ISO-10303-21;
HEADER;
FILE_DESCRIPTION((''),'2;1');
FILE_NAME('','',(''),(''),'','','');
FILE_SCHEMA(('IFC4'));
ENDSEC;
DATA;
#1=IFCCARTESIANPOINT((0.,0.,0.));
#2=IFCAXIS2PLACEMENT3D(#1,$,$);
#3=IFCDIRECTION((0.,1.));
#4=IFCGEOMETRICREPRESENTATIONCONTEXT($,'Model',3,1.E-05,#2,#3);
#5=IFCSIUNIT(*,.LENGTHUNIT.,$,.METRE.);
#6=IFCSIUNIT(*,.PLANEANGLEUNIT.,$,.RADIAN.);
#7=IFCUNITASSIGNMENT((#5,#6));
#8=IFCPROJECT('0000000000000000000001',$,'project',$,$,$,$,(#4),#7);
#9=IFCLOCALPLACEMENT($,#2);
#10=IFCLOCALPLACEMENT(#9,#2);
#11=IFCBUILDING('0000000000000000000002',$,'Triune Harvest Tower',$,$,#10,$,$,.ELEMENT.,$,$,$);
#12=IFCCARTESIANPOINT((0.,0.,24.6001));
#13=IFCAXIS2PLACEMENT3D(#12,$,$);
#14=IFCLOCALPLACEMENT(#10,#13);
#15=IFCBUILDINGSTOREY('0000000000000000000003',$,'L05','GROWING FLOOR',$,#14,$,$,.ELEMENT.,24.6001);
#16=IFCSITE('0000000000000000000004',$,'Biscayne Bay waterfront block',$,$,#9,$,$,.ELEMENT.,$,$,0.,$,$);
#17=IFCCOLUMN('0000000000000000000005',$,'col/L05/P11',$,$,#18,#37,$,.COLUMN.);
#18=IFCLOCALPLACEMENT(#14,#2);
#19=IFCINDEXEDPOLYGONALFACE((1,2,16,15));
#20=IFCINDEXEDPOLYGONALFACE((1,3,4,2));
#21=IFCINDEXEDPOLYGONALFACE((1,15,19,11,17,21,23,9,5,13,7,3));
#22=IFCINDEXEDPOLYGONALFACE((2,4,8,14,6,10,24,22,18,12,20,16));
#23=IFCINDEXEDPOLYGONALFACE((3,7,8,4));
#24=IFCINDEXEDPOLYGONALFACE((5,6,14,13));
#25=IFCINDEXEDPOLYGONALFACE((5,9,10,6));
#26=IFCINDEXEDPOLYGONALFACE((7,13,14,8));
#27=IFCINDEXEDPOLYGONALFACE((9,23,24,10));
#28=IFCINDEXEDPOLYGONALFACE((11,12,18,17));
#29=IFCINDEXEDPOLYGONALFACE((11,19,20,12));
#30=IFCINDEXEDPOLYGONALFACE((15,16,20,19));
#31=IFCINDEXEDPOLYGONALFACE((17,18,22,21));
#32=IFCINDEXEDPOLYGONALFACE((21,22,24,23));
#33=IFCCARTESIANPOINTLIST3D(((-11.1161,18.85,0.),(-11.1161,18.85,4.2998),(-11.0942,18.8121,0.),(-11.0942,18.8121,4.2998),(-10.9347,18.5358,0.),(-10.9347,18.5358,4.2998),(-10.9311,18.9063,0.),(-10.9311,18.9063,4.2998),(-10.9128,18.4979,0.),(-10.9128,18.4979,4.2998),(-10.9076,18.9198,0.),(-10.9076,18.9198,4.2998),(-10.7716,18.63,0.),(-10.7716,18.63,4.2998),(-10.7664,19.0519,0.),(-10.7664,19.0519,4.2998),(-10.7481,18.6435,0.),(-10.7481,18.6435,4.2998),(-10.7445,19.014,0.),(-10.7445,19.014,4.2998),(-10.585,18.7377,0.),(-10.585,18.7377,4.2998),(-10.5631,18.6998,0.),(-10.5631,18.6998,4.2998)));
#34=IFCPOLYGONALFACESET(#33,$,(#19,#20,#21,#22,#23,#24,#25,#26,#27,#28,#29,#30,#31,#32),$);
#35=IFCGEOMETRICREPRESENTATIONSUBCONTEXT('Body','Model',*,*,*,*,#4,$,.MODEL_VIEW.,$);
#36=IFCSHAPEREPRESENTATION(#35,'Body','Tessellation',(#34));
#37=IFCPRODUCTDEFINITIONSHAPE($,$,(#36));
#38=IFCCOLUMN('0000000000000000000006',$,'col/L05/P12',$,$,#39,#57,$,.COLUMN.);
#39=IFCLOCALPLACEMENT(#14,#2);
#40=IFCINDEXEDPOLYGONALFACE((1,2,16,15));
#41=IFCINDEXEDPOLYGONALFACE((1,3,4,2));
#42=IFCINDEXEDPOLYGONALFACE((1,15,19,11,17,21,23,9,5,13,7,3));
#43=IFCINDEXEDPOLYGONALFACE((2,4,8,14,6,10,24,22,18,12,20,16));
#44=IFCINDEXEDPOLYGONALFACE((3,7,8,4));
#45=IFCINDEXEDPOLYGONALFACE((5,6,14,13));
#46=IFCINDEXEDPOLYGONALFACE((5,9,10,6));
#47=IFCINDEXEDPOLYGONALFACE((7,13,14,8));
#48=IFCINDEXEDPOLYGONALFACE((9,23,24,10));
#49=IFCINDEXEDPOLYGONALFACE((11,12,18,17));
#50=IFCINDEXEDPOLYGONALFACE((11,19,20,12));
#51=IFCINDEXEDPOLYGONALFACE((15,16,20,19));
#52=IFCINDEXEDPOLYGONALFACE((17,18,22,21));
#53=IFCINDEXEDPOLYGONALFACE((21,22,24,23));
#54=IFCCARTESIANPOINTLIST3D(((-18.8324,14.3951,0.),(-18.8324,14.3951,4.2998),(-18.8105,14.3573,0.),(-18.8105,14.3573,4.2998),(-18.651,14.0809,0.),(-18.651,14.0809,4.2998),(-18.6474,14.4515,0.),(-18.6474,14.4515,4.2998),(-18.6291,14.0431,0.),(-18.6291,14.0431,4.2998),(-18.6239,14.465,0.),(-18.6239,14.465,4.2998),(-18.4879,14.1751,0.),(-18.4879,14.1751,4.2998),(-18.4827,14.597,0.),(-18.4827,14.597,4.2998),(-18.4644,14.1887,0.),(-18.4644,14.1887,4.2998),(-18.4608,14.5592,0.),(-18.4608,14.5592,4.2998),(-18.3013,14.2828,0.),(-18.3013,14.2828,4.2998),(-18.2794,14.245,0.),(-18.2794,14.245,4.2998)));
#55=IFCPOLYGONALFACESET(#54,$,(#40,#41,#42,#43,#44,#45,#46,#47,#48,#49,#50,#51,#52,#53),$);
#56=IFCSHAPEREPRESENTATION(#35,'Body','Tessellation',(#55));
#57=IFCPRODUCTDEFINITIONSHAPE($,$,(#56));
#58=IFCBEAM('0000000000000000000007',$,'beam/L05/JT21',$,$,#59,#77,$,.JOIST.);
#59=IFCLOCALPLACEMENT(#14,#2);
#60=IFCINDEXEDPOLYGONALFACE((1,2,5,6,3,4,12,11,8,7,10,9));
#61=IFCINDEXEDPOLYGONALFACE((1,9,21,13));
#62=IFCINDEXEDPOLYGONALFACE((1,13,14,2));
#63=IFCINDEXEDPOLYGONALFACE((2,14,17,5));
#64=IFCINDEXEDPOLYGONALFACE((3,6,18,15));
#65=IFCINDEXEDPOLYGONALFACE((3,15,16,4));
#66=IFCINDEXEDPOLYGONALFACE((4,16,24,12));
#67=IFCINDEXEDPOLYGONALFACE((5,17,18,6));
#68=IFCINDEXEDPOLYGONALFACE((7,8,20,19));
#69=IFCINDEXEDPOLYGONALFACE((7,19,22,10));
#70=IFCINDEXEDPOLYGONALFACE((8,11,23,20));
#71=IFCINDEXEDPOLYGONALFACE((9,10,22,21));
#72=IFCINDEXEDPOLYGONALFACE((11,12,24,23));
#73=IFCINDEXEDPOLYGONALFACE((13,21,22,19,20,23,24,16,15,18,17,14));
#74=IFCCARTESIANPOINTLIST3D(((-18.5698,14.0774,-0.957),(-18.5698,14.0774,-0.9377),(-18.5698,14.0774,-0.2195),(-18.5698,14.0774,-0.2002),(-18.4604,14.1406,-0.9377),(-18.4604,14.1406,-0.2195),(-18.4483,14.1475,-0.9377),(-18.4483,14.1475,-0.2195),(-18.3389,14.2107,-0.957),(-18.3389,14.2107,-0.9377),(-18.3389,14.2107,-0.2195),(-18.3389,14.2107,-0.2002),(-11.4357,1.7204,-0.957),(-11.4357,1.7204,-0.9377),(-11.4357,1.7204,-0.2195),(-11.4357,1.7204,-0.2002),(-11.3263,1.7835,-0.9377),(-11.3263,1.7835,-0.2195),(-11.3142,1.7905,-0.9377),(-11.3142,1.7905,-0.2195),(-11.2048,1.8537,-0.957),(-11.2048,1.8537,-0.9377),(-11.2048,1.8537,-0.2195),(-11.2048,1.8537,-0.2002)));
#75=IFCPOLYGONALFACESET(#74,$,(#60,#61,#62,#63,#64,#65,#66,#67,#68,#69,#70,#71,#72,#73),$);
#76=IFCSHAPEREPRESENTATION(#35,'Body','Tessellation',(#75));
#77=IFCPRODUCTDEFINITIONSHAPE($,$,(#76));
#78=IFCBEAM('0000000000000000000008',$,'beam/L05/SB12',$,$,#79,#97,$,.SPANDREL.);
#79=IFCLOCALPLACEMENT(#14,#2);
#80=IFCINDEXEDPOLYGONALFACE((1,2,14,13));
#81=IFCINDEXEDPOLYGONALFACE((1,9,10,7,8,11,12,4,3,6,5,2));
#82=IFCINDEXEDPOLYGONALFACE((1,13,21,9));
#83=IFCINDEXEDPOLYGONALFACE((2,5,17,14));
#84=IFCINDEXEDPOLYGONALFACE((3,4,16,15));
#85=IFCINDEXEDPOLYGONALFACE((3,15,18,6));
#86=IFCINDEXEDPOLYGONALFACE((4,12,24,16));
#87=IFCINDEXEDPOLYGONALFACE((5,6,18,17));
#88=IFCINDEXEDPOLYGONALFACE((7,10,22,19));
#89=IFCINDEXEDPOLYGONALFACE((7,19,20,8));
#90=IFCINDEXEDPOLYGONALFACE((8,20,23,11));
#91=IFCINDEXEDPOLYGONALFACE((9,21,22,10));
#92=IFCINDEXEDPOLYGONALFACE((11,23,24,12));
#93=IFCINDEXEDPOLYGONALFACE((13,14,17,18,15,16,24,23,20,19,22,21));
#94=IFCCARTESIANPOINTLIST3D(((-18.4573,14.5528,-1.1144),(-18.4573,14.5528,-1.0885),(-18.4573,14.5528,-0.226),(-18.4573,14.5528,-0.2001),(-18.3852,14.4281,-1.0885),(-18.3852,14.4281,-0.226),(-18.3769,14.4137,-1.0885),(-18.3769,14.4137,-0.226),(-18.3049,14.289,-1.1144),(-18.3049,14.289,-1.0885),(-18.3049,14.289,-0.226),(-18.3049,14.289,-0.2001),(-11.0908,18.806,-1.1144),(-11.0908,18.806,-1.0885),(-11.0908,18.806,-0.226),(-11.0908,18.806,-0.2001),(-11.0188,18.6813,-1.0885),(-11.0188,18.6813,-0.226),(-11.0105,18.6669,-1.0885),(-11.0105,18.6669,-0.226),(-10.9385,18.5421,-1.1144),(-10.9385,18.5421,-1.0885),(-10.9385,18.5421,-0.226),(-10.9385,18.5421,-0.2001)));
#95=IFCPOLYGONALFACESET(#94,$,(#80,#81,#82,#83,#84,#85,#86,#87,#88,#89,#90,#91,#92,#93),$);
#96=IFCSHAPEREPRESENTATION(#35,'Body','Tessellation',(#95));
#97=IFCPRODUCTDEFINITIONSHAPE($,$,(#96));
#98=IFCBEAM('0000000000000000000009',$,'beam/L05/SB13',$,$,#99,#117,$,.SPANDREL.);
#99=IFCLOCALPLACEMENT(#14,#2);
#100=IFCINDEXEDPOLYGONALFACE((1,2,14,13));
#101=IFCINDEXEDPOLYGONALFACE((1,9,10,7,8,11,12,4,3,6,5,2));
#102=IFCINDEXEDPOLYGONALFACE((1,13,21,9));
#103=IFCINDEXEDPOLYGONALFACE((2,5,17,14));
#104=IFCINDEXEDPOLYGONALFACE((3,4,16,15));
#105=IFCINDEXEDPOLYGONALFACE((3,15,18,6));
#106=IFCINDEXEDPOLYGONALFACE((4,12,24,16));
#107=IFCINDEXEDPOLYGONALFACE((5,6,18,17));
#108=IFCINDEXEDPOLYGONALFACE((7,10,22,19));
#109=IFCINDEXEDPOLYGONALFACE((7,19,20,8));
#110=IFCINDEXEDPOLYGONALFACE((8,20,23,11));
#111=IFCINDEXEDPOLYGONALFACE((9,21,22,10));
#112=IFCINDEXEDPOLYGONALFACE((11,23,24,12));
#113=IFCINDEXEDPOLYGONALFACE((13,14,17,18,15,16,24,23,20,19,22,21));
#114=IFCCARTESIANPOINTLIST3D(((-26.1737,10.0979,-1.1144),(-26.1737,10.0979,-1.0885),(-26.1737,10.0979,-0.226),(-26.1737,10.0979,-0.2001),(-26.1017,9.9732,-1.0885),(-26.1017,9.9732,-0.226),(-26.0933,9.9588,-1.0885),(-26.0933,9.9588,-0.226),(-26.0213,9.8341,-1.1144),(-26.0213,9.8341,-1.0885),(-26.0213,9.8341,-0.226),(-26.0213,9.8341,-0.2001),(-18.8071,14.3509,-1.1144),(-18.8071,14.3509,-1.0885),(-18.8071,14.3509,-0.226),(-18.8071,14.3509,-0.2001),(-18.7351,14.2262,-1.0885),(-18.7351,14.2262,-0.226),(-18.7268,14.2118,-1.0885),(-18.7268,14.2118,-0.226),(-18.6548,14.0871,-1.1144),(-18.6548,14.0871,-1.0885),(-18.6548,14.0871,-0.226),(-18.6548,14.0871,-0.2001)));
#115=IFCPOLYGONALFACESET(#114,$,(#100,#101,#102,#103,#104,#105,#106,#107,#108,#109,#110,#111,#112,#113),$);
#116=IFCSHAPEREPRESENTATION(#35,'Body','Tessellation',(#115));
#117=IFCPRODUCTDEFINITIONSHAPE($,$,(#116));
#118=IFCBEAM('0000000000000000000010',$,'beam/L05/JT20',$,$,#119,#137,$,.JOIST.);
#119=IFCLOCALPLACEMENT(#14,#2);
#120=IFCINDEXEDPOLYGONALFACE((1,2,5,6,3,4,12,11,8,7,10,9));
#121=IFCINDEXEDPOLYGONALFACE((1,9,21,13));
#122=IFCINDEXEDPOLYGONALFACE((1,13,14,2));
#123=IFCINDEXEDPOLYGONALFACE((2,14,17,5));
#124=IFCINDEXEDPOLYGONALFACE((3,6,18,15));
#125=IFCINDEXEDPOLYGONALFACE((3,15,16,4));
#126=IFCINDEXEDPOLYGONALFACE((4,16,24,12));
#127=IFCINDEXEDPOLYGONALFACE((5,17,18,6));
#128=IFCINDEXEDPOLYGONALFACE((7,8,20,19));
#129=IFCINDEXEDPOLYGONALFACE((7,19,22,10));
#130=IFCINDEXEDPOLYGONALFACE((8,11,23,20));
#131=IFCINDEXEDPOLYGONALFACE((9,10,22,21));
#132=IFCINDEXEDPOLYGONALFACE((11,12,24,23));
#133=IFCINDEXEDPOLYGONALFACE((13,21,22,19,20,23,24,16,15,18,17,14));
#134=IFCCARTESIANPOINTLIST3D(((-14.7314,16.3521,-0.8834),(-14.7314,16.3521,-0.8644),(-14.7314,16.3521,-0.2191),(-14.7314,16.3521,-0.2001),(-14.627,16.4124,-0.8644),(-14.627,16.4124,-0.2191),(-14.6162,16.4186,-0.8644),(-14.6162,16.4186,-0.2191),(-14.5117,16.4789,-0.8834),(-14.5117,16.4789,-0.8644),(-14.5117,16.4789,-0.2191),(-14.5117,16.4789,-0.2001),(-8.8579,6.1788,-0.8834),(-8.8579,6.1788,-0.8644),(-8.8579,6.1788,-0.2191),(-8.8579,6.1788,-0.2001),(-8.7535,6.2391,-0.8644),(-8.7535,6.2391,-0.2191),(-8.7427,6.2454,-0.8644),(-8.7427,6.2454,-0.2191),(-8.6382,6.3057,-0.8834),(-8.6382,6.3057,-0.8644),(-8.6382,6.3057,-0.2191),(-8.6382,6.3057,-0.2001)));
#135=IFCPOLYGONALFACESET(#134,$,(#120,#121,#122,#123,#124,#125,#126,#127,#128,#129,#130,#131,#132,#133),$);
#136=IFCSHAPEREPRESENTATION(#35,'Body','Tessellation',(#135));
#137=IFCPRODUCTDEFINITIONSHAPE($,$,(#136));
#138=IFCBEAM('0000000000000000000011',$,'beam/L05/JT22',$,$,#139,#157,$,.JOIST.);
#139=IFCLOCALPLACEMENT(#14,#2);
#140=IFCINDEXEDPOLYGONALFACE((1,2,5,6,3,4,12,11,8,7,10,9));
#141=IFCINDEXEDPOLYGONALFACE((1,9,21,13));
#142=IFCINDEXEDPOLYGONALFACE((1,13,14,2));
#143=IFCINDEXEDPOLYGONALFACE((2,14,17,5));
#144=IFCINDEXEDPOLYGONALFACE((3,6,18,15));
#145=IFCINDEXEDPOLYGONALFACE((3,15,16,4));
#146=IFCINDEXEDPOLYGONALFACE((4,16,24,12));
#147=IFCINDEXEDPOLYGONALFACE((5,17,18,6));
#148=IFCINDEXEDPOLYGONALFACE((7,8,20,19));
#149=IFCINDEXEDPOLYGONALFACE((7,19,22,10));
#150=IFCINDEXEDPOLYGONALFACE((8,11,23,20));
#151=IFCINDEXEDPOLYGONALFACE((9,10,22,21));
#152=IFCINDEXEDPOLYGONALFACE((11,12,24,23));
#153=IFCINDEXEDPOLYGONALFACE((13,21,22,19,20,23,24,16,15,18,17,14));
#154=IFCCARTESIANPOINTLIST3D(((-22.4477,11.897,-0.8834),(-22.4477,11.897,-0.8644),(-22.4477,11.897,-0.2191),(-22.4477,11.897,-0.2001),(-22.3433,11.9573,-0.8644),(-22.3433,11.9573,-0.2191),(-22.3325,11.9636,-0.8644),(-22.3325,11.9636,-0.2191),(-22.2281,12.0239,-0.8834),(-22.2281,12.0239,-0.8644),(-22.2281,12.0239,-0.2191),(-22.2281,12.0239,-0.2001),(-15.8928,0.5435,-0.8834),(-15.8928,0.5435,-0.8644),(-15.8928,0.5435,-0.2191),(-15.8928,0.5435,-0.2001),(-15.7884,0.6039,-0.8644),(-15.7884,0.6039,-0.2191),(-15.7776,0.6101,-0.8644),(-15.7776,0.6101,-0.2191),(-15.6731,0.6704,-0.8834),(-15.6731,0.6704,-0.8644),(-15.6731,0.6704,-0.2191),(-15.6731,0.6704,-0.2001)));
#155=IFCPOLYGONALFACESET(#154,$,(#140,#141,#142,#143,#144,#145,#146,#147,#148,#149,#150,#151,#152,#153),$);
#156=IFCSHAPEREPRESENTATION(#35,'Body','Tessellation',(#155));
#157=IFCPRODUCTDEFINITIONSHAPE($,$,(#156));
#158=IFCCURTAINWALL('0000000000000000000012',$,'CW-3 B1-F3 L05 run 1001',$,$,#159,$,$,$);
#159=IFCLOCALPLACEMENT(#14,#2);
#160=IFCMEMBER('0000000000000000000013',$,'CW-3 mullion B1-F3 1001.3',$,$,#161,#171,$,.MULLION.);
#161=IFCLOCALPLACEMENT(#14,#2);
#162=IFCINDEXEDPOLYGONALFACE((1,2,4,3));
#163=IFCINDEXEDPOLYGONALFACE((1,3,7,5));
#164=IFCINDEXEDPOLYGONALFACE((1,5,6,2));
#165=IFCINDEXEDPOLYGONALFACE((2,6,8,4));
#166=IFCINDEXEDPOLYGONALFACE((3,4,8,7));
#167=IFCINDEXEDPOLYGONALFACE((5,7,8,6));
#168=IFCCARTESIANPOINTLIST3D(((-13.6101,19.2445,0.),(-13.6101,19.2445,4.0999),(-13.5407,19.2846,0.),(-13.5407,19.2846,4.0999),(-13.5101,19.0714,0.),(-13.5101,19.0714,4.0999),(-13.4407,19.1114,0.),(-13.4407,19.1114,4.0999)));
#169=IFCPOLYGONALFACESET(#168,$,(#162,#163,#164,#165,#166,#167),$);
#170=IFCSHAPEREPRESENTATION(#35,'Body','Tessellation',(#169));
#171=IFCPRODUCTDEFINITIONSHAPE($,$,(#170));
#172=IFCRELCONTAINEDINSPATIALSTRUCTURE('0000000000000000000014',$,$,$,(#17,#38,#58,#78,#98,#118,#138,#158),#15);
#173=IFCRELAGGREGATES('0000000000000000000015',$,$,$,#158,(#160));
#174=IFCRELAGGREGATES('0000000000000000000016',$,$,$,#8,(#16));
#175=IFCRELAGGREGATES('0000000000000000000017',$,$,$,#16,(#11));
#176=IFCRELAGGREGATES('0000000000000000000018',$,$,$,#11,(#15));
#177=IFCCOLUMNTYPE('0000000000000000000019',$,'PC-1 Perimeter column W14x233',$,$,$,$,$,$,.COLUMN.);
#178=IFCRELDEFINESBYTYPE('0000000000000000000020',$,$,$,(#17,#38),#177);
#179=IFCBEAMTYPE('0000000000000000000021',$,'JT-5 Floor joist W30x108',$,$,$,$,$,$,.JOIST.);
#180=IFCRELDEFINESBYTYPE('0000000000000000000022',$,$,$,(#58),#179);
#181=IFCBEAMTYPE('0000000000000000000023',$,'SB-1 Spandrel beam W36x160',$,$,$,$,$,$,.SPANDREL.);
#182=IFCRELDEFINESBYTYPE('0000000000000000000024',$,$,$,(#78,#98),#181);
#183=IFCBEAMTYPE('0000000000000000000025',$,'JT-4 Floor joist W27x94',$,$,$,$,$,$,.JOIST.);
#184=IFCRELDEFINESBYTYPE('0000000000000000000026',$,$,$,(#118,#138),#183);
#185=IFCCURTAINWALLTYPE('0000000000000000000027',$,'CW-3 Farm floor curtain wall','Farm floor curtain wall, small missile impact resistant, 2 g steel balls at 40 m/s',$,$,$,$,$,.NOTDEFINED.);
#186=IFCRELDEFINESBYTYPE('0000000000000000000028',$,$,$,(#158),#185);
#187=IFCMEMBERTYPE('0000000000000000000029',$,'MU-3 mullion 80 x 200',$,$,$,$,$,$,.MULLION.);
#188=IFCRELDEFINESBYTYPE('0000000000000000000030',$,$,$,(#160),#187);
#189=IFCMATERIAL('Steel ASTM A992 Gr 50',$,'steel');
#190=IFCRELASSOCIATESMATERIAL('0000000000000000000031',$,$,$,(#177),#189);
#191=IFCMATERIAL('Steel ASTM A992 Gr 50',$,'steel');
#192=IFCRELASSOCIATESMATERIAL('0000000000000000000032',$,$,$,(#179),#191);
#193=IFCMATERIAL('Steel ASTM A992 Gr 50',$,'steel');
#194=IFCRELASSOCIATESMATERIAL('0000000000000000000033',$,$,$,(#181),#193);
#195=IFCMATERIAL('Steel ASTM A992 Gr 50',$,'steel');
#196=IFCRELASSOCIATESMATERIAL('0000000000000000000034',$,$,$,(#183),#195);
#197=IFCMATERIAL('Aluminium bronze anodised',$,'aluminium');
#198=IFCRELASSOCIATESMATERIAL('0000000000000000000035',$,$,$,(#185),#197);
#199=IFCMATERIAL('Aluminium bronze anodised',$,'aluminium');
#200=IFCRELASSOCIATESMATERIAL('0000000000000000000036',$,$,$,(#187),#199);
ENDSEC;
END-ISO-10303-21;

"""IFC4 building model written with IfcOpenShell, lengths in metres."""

from ifc_helpers import new_model, si_unit, direction, frame, origin, origin_2d, place, context, subcontext, project, spatial, rectangle, i_section, extrude, source, transform, mapped, material, material_profile, profile_set, type_object, element, aggregate, save


model = new_model("IFC4")

# Units and contexts
model_context = context("Model", 3, precision=1e-05, world=origin(), true_north=direction((0.0, 1.0)))
body_context = subcontext(model_context, "Body", "Model", "MODEL_VIEW")
ifc_project = project(units=[si_unit("LENGTHUNIT", "METRE"), si_unit("PLANEANGLEUNIT", "RADIAN")], contexts=[model_context])

# Site, building, storey
site_placement = place(None, origin())
site = spatial("IfcSite", under=ifc_project, at=site_placement, Name="Biscayne Bay waterfront block", CompositionType="ELEMENT", RefElevation=0.0)
building_placement = place(site_placement, origin())
building = spatial("IfcBuilding", under=site, at=building_placement, Name="Triune Harvest Tower", CompositionType="ELEMENT")
storey_placement = place(building_placement, frame((0.0, 0.0, 24.6001)))
storey = spatial("IfcBuildingStorey", under=building, at=storey_placement, Name="L05", Description="GROWING FLOOR", CompositionType="ELEMENT", Elevation=24.6001)

# Columns
ifc_material_1 = material(Name="Steel ASTM A992 Gr 50", Category="steel")
ifc_material_profile_1 = material_profile(ifc_material_1, i_section(OverallWidth=0.4038, OverallDepth=0.4065, WebThickness=0.0271, FlangeThickness=0.0437, at=origin_2d()), Name="W14x233")
ifc_profile_set_1 = profile_set([ifc_material_profile_1], Name="Steel ASTM A992 Gr 50")
column_type = type_object("IfcColumnType", Name="PC-1 Perimeter column W14x233", PredefinedType="COLUMN", material=ifc_profile_set_1)
shared_shape_1 = source(origin(), body_context, "Body", "SweptSolid", [
    extrude(i_section(OverallWidth=0.4038, OverallDepth=0.4065, WebThickness=0.0271, FlangeThickness=0.0437, at=origin_2d()), origin(), (0.0, 0.0, 1.0), 4.2998),
])
for number, where, z_axis, x_axis, name in (
    (1, (-10.8396, 18.7749, 0.0), (0.0, 0.0, 1.0), (-0.866025, -0.5, 0.0), "col/L05/P11"),
    (2, (-18.5559, 14.3201, 0.0), (0.0, 0.0, 1.0), (-0.866025, -0.5, 0.0), "col/L05/P12"),
):
    element("IfcColumn", number, at=place(storey_placement, frame(where, z_axis=z_axis, x_axis=x_axis)), inside=storey, type_object=column_type, Name=name, PredefinedType="COLUMN", context=body_context, shape_type="MappedRepresentation", body=[
        mapped(shared_shape_1, transform((0.0, 0.0, 0.0), scale=1.0)),
    ])

# Beams
ifc_material_2 = material(Name="Steel ASTM A992 Gr 50", Category="steel")
ifc_material_profile_2 = material_profile(ifc_material_2, i_section(OverallWidth=0.2666, OverallDepth=0.7568, WebThickness=0.0139, FlangeThickness=0.0193, at=origin_2d()), Name="W30x108")
ifc_profile_set_2 = profile_set([ifc_material_profile_2], Name="Steel ASTM A992 Gr 50")
beam_type_1 = type_object("IfcBeamType", Name="JT-5 Floor joist W30x108", PredefinedType="JOIST", material=ifc_profile_set_2)
shared_shape_2 = source(origin(), body_context, "Body", "SweptSolid", [
    extrude(i_section(OverallWidth=0.2666, OverallDepth=0.7568, WebThickness=0.0139, FlangeThickness=0.0193, at=origin_2d()), origin(), (0.0, 0.0, 1.0), 14.2686),
])
beam_1_placement = place(storey_placement, frame((-18.4543, 14.144, -0.5786), z_axis=(0.499987, -0.866033, 0.0), x_axis=(0.866033, 0.499987, 0.0)))
element("IfcBeam", 3, at=beam_1_placement, inside=storey, type_object=beam_type_1, Name="beam/L05/JT21", PredefinedType="JOIST", context=body_context, shape_type="MappedRepresentation", body=[
    mapped(shared_shape_2, transform((0.0, 0.0, 0.0), scale=1.0)),
])
ifc_material_3 = material(Name="Steel ASTM A992 Gr 50", Category="steel")
ifc_material_profile_3 = material_profile(ifc_material_3, i_section(OverallWidth=0.3047, OverallDepth=0.9143, WebThickness=0.0166, FlangeThickness=0.0259, at=origin_2d()), Name="W36x160")
ifc_profile_set_3 = profile_set([ifc_material_profile_3], Name="Steel ASTM A992 Gr 50")
beam_type_2 = type_object("IfcBeamType", Name="SB-1 Spandrel beam W36x160", PredefinedType="SPANDREL", material=ifc_profile_set_3)
shared_shape_3 = source(origin(), body_context, "Body", "SweptSolid", [
    extrude(i_section(OverallWidth=0.3047, OverallDepth=0.9143, WebThickness=0.0166, FlangeThickness=0.0259, at=origin_2d()), origin(), (0.0, 0.0, 1.0), 8.5061),
])
for number, where, z_axis, x_axis, name in (
    (4, (-11.0146, 18.6741, -0.6572), (-0.866018, -0.500013, 0.0), (0.500013, -0.866018, 0.0), "beam/L05/SB12"),
    (5, (-18.731, 14.219, -0.6572), (-0.86603, -0.499992, 0.0), (0.499992, -0.86603, 0.0), "beam/L05/SB13"),
):
    element("IfcBeam", number, at=place(storey_placement, frame(where, z_axis=z_axis, x_axis=x_axis)), inside=storey, type_object=beam_type_2, Name=name, PredefinedType="SPANDREL", context=body_context, shape_type="MappedRepresentation", body=[
        mapped(shared_shape_3, transform((0.0, 0.0, 0.0), scale=1.0)),
    ])
ifc_material_4 = material(Name="Steel ASTM A992 Gr 50", Category="steel")
ifc_material_profile_4 = material_profile(ifc_material_4, i_section(OverallWidth=0.2537, OverallDepth=0.6833, WebThickness=0.0125, FlangeThickness=0.019, at=origin_2d()), Name="W27x94")
ifc_profile_set_4 = profile_set([ifc_material_profile_4], Name="Steel ASTM A992 Gr 50")
beam_type_3 = type_object("IfcBeamType", Name="JT-4 Floor joist W27x94", PredefinedType="JOIST", material=ifc_profile_set_4)
shared_shape_4 = source(origin(), body_context, "Body", "SweptSolid", [
    extrude(i_section(OverallWidth=0.2537, OverallDepth=0.6833, WebThickness=0.0125, FlangeThickness=0.019, at=origin_2d()), origin(), (0.0, 0.0, 1.0), 11.7471),
])
beam_2_placement = place(storey_placement, frame((-14.6216, 16.4155, -0.5417), z_axis=(0.499997, -0.866027, 0.0), x_axis=(0.866027, 0.499997, 0.0)))
element("IfcBeam", 6, at=beam_2_placement, inside=storey, type_object=beam_type_3, Name="beam/L05/JT20", PredefinedType="JOIST", context=body_context, shape_type="MappedRepresentation", body=[
    mapped(shared_shape_4, transform((0.0, 0.0, 0.0), scale=1.0)),
])
shared_shape_5 = source(origin(), body_context, "Body", "SweptSolid", [
    extrude(i_section(OverallWidth=0.2537, OverallDepth=0.6833, WebThickness=0.0125, FlangeThickness=0.019, at=origin_2d()), origin(), (0.0, 0.0, 1.0), 13.1099),
])
beam_3_placement = place(storey_placement, frame((-22.3379, 11.9604, -0.5417), z_axis=(0.499999, -0.866026, 0.0), x_axis=(0.866026, 0.499999, 0.0)))
element("IfcBeam", 7, at=beam_3_placement, inside=storey, type_object=beam_type_3, Name="beam/L05/JT22", PredefinedType="JOIST", context=body_context, shape_type="MappedRepresentation", body=[
    mapped(shared_shape_5, transform((0.0, 0.0, 0.0), scale=1.0)),
])

# Curtain wall, member
ifc_material_5 = material(Name="Aluminium bronze anodised", Category="aluminium")
curtain_wall_type_1 = type_object("IfcCurtainWallType", Name="CW-3 Farm floor curtain wall", Description="Farm floor curtain wall, small missile impact resistant, 2 g steel balls at 40 m/s", PredefinedType="NOTDEFINED", material=ifc_material_5)
curtain_wall_1_placement = place(storey_placement, origin())
curtain_wall_1 = element("IfcCurtainWall", 8, at=curtain_wall_1_placement, inside=storey, type_object=curtain_wall_type_1, Name="CW-3 B1-F3 L05 run 1001")
ifc_material_6 = material(Name="Aluminium bronze anodised", Category="aluminium")
ifc_material_profile_5 = material_profile(ifc_material_6, rectangle(XDim=0.2, YDim=0.0801, at=origin_2d()), Name="MU-3 mullion 80 x 200")
ifc_profile_set_5 = profile_set([ifc_material_profile_5], Name="Aluminium bronze anodised")
member_type_1 = type_object("IfcMemberType", Name="MU-3 mullion 80 x 200", PredefinedType="MULLION", material=ifc_profile_set_5)
shared_shape_6 = source(origin(), body_context, "Body", "SweptSolid", [
    extrude(rectangle(XDim=0.2, YDim=0.0801, at=origin_2d()), origin(), (0.0, 0.0, 1.0), 4.0999),
])
member_1_placement = place(storey_placement, frame((-13.5254, 19.178, 0.0), z_axis=(0.0, 0.0, 1.0), x_axis=(0.5, -0.866025, 0.0)))
member_1 = element("IfcMember", 9, at=member_1_placement, type_object=member_type_1, Name="CW-3 mullion B1-F3 1001.3", PredefinedType="MULLION", context=body_context, shape_type="MappedRepresentation", body=[
    mapped(shared_shape_6, transform((0.0, 0.0, 0.0), scale=1.0)),
])

aggregate(curtain_wall_1, [member_1])

save(model, "model.ifc")
